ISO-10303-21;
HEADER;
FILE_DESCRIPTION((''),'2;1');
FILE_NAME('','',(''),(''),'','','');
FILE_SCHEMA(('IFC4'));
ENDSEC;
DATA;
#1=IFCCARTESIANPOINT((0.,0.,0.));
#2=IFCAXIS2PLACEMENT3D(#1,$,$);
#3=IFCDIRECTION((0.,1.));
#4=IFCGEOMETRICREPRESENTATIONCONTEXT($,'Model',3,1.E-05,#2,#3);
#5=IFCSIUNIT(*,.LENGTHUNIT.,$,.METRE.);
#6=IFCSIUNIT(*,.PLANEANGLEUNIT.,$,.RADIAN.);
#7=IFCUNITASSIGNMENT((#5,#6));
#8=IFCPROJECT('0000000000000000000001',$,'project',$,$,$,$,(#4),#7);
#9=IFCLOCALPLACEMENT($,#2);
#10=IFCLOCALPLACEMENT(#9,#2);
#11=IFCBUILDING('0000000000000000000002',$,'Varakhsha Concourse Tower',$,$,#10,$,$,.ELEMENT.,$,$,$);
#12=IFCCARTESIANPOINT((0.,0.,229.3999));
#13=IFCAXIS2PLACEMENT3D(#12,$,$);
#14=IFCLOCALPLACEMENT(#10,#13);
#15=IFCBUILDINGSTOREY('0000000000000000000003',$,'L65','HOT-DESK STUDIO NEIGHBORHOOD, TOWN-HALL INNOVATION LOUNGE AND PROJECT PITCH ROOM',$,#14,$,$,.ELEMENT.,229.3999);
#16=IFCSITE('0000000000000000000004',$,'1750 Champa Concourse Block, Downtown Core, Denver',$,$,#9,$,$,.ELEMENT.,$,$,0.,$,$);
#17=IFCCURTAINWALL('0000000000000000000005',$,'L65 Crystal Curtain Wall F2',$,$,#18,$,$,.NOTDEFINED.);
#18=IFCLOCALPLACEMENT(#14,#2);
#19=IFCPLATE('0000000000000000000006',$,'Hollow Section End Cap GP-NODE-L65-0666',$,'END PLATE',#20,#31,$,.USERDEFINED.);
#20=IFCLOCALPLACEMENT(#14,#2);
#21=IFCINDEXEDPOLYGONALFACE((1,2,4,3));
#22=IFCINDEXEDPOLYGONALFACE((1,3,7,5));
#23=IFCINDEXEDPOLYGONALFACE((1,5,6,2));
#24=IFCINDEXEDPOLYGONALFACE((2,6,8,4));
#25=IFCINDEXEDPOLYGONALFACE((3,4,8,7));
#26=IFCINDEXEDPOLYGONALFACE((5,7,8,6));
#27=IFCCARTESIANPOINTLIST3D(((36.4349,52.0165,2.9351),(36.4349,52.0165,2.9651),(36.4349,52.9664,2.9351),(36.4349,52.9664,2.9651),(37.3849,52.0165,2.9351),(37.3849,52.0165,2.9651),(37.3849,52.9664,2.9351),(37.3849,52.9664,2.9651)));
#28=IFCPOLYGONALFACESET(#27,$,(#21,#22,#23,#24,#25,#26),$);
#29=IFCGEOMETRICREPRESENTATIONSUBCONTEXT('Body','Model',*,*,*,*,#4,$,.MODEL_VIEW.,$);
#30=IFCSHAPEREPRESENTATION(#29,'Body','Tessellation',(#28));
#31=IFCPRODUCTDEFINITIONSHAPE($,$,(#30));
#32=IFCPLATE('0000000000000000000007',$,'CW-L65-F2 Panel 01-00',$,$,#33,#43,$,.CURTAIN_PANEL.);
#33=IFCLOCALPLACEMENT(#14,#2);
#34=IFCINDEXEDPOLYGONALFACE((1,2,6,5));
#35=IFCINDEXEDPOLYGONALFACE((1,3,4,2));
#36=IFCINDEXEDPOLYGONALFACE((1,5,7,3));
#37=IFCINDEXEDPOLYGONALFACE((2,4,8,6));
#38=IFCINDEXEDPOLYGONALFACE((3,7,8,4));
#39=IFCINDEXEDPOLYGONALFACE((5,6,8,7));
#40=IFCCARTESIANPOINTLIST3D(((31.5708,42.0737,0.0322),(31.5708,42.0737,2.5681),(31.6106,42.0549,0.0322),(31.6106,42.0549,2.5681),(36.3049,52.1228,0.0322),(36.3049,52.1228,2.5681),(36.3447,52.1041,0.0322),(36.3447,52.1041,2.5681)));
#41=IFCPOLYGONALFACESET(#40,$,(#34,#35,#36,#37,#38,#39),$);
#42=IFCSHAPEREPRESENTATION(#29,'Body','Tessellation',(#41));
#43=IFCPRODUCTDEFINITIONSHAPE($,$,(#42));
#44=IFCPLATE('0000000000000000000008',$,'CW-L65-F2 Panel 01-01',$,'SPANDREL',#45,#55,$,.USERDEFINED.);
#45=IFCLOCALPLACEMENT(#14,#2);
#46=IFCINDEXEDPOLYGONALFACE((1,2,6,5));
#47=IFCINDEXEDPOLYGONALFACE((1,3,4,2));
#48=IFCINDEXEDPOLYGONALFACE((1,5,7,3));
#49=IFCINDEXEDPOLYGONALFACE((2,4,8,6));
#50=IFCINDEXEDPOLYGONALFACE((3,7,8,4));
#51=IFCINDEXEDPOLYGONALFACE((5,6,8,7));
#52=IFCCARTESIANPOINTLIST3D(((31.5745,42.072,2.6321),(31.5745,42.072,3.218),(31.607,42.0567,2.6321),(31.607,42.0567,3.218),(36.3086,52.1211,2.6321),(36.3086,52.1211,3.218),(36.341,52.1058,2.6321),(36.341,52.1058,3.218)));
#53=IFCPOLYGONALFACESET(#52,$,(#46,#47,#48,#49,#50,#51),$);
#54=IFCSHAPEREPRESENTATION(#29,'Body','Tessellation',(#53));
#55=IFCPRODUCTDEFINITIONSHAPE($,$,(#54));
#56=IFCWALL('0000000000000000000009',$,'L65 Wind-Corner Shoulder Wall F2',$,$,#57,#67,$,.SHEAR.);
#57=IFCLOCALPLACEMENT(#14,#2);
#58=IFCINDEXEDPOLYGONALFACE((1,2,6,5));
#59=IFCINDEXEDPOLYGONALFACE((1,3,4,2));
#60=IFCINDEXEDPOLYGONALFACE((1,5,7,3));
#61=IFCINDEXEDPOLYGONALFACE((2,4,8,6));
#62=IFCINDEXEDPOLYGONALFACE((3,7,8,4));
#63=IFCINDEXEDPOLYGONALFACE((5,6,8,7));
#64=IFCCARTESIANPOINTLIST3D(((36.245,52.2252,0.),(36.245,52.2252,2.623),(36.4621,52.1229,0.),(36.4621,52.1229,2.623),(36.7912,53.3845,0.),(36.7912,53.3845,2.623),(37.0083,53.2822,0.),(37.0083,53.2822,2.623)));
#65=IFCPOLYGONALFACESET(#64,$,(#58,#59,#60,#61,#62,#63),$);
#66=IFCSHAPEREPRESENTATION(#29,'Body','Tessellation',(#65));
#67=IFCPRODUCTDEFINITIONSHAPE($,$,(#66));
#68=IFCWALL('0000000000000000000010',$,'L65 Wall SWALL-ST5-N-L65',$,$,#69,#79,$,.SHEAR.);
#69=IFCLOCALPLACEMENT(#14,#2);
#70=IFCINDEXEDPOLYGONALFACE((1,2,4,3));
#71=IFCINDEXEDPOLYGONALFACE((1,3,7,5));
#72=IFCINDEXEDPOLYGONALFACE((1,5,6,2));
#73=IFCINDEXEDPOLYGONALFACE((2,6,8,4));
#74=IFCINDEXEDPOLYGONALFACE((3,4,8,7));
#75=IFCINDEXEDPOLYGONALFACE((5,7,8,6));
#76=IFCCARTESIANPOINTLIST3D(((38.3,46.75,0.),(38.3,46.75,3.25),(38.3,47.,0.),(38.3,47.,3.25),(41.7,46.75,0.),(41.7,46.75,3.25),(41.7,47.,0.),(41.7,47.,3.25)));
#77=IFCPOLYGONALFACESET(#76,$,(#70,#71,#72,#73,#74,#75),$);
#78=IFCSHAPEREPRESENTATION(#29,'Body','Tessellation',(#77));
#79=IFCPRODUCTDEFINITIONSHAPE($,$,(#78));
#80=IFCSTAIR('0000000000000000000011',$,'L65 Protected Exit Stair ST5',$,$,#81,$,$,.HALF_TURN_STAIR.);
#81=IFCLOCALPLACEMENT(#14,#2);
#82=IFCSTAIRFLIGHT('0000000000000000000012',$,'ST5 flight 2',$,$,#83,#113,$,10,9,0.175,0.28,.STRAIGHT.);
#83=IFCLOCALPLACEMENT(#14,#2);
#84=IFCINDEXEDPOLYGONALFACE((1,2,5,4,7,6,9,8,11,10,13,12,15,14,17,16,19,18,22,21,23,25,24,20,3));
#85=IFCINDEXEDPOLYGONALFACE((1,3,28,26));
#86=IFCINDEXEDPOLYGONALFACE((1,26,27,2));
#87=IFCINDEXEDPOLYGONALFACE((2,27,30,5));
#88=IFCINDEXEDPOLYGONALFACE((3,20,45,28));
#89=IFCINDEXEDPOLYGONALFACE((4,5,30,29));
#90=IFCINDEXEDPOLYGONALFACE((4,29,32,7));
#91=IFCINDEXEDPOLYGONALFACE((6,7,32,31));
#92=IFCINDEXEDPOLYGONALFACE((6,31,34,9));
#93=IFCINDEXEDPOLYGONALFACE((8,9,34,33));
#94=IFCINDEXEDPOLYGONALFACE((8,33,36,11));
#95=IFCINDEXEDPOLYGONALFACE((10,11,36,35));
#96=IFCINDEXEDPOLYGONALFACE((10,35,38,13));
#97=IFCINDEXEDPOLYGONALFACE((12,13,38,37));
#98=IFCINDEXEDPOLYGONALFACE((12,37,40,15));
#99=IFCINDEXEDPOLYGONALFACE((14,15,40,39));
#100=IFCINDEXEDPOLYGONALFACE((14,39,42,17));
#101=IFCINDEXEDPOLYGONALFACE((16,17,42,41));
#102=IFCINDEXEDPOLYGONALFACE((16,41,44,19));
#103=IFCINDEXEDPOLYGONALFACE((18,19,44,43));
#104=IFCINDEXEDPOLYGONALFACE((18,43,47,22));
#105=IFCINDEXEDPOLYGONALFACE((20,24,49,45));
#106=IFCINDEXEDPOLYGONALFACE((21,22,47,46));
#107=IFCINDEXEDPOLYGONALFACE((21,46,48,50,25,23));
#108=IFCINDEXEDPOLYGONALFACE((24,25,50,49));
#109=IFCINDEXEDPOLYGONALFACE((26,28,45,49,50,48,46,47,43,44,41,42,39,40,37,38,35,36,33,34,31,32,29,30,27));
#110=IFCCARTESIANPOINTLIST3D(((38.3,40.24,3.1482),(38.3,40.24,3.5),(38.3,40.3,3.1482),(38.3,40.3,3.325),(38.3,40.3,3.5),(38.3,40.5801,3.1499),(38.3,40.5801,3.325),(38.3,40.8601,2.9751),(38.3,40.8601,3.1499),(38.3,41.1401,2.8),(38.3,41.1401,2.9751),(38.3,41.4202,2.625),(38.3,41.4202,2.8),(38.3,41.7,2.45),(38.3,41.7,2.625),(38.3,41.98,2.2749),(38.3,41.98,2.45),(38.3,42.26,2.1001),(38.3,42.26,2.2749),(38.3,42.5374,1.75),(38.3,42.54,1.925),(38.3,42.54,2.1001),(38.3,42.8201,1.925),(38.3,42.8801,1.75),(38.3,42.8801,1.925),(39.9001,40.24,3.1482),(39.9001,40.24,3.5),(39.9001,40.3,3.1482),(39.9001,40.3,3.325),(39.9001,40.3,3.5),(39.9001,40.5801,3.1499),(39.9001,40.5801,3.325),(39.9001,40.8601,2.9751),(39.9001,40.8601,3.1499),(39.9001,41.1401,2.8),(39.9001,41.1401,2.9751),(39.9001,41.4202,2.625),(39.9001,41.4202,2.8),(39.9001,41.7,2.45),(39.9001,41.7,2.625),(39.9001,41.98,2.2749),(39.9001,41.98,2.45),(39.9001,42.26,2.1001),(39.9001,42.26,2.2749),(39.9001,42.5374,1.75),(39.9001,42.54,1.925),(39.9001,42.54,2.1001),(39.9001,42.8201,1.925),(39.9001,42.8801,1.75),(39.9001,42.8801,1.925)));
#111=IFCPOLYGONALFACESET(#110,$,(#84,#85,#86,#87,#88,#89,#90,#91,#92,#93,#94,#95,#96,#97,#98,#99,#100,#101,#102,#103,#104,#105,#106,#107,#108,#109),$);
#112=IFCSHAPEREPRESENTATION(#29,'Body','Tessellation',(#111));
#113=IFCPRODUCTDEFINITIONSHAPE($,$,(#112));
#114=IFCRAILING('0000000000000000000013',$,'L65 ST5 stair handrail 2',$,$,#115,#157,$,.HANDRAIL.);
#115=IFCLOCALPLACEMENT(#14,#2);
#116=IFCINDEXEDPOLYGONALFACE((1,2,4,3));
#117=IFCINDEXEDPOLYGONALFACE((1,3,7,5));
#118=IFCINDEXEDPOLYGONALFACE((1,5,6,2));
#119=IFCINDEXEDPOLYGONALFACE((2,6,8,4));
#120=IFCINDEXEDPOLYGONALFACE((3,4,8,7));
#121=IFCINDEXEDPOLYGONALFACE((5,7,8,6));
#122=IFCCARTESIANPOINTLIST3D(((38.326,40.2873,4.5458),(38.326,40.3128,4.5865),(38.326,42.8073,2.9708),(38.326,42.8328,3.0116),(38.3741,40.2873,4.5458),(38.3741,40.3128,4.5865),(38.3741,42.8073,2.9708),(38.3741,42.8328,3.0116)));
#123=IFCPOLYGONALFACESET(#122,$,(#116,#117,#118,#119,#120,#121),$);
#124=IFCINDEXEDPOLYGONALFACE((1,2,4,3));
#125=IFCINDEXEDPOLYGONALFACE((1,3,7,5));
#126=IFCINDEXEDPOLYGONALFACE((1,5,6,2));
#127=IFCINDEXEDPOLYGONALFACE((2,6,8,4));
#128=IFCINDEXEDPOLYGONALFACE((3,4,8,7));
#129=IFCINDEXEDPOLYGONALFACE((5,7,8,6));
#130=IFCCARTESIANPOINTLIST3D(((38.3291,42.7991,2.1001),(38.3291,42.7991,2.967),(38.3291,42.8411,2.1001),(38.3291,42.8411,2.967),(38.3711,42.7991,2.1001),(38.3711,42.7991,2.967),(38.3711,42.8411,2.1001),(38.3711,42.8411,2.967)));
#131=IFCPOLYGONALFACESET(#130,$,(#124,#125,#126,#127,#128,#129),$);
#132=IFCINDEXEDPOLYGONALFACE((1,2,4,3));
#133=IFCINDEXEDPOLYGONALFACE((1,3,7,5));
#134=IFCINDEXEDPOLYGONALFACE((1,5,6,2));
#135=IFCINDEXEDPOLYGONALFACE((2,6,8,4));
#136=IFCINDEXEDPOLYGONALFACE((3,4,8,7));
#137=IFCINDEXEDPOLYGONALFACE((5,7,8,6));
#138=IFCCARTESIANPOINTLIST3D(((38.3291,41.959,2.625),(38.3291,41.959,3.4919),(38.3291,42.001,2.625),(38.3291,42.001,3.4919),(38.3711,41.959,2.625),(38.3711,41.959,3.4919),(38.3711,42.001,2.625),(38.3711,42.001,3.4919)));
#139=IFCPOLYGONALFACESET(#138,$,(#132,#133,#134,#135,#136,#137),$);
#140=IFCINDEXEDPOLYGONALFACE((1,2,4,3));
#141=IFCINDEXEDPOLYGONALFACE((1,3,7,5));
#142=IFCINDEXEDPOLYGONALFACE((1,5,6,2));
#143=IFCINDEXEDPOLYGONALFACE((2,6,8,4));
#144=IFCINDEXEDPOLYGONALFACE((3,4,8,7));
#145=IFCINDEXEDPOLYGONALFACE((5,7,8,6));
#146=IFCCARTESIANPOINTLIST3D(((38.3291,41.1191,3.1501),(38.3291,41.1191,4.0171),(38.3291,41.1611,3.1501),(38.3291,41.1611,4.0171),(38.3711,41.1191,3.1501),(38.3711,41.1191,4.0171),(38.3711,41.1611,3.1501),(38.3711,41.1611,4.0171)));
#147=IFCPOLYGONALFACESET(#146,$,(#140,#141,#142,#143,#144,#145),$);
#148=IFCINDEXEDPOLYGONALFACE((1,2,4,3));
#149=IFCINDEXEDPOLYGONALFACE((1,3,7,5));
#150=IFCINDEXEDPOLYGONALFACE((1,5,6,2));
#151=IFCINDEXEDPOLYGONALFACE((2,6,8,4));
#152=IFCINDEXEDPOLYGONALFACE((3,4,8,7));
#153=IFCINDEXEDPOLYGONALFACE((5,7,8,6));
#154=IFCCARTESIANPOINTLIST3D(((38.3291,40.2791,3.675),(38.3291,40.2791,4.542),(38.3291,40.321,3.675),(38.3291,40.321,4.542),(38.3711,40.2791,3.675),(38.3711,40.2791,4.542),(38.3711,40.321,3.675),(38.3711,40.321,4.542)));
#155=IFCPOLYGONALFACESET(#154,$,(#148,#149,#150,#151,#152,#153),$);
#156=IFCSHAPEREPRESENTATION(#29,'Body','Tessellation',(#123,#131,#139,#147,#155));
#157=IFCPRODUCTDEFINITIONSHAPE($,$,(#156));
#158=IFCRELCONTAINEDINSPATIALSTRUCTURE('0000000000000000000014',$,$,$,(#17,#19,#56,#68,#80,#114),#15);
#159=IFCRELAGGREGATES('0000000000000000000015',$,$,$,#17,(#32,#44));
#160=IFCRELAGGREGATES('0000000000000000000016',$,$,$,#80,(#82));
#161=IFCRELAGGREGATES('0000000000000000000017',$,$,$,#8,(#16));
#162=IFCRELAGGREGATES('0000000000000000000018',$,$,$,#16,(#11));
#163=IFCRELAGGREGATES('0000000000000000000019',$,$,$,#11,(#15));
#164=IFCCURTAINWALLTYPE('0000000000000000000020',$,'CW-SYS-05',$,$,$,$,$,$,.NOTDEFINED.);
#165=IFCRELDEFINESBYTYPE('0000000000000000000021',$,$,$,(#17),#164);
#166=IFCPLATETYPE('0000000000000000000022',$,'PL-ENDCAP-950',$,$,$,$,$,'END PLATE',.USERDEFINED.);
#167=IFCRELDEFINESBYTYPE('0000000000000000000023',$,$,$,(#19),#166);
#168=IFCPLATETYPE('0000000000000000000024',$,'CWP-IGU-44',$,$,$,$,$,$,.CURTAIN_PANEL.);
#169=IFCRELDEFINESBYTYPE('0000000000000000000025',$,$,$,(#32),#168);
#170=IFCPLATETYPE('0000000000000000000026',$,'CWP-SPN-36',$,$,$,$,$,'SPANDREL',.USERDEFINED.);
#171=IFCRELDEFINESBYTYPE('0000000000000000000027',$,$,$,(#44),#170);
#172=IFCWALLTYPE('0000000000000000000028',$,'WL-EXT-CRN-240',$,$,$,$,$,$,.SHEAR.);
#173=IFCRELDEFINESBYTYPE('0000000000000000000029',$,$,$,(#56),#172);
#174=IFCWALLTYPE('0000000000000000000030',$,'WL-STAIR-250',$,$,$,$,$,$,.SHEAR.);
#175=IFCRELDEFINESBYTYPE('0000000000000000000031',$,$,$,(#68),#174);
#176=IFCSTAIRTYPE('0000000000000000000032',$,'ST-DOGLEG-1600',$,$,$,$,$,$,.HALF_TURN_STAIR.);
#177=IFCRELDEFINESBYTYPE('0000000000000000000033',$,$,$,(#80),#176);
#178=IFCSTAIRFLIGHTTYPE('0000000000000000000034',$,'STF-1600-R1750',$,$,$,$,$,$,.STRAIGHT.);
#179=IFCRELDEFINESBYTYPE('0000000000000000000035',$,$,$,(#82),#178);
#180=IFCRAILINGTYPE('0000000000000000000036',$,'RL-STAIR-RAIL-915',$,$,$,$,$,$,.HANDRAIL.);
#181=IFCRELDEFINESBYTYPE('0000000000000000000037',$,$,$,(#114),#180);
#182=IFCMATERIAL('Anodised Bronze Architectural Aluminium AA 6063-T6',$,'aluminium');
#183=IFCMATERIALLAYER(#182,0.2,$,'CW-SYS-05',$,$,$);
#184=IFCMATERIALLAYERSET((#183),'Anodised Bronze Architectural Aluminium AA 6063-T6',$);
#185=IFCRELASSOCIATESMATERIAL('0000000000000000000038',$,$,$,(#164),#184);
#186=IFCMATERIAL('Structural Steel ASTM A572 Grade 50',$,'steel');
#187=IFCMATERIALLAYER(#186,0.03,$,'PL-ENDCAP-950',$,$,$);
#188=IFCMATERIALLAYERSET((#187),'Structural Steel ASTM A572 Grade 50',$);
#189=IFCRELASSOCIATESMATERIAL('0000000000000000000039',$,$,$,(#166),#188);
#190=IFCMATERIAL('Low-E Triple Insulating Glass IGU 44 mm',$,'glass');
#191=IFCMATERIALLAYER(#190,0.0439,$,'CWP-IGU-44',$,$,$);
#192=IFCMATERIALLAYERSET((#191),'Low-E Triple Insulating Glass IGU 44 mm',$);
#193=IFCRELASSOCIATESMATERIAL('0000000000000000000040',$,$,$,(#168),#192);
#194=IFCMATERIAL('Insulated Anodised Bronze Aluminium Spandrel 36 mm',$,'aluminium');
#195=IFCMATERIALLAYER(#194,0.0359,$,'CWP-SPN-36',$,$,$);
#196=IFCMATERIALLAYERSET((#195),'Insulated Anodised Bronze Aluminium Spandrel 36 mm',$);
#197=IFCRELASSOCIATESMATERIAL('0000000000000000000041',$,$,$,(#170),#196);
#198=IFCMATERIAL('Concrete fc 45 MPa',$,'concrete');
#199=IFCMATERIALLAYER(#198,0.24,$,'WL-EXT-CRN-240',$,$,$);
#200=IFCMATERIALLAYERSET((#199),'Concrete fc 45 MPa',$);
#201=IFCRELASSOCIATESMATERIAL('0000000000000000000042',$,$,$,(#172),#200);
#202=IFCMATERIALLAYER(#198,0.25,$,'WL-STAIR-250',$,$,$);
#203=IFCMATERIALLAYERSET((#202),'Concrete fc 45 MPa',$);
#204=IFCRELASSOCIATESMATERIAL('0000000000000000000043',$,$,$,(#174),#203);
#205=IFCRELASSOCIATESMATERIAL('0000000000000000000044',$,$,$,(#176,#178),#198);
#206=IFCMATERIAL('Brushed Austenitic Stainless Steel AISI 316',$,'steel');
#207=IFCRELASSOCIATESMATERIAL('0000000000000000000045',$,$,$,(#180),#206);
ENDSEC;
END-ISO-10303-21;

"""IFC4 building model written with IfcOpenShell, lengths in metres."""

from ifc_helpers import new_model, si_unit, direction, frame, frame_2d, origin, origin_2d, place, context, subcontext, project, spatial, polyline, rectangle, outline, extrude, source, transform, mapped, material, layer, layer_set, type_object, type_shapes, element, aggregate, save


model = new_model("IFC4")

# Units and contexts
model_context = context("Model", 3, precision=1e-05, world=origin(), true_north=direction((0.0, 1.0)))
body_context = subcontext(model_context, "Body", "Model", "MODEL_VIEW")
ifc_project = project(units=[si_unit("LENGTHUNIT", "METRE"), si_unit("PLANEANGLEUNIT", "RADIAN")], contexts=[model_context])

# Site, building, storey
site_placement = place(None, origin())
site = spatial("IfcSite", under=ifc_project, at=site_placement, Name="1750 Champa Concourse Block, Downtown Core, Denver", CompositionType="ELEMENT", RefElevation=0.0)
building_placement = place(site_placement, origin())
building = spatial("IfcBuilding", under=site, at=building_placement, Name="Varakhsha Concourse Tower", CompositionType="ELEMENT")
storey_placement = place(building_placement, frame((0.0, 0.0, 229.3999)))
storey = spatial("IfcBuildingStorey", under=building, at=storey_placement, Name="L65", Description="HOT-DESK STUDIO NEIGHBORHOOD, TOWN-HALL INNOVATION LOUNGE AND PROJECT PITCH ROOM", CompositionType="ELEMENT", Elevation=229.3999)

# Shared definitions
ifc_material_1 = material(Name="Structural Steel ASTM A572 Grade 50", Category="steel")

# Shared definitions
ifc_material_2 = material(Name="Anodised Bronze Architectural Aluminium AA 6063-T6", Category="aluminium")
ifc_layer_1 = layer(ifc_material_2, 0.2, Name="CW-SYS-05")
ifc_layer_set_1 = layer_set([ifc_layer_1], Name="Anodised Bronze Architectural Aluminium AA 6063-T6")
curtain_wall_type = type_object("IfcCurtainWallType", Name="CW-SYS-05", PredefinedType="NOTDEFINED", material=ifc_layer_set_1)

# Curtain wall
curtain_wall_1_placement = place(storey_placement, origin())
curtain_wall_1 = element("IfcCurtainWall", 1, at=curtain_wall_1_placement, inside=storey, type_object=curtain_wall_type, Name="L65 Crystal Curtain Wall F2", PredefinedType="NOTDEFINED")

# Plates
ifc_layer_2 = layer(ifc_material_1, 0.03, Name="PL-ENDCAP-950")
ifc_layer_set_2 = layer_set([ifc_layer_2], Name="Structural Steel ASTM A572 Grade 50")
plate_type_1 = type_object("IfcPlateType", Name="PL-ENDCAP-950", ElementType="END PLATE", PredefinedType="USERDEFINED", material=ifc_layer_set_2)
shared_shape_1 = source(origin(), body_context, "Body", "SweptSolid", [
    extrude(rectangle(XDim=0.95, YDim=0.95, at=origin_2d()), origin(), (0.0, 0.0, 1.0), 0.03),
])
type_shapes(plate_type_1, [shared_shape_1])
plate_1_placement = place(storey_placement, frame((36.9099, 52.4915, 2.9351), z_axis=(0.0, 0.0, 1.0), x_axis=(1.0, 0.0, 0.0)))
element("IfcPlate", 2, at=plate_1_placement, inside=storey, type_object=plate_type_1, Name="Hollow Section End Cap GP-NODE-L65-0666", ObjectType="END PLATE", PredefinedType="USERDEFINED", context=body_context, shape_type="MappedRepresentation", body=[
    mapped(shared_shape_1, transform((0.0, 0.0, 0.0), scale=1.0)),
])
ifc_material_3 = material(Name="Low-E Triple Insulating Glass IGU 44 mm", Category="glass")
ifc_layer_3 = layer(ifc_material_3, 0.0439, Name="CWP-IGU-44")
ifc_layer_set_3 = layer_set([ifc_layer_3], Name="Low-E Triple Insulating Glass IGU 44 mm")
plate_type_2 = type_object("IfcPlateType", Name="CWP-IGU-44", PredefinedType="CURTAIN_PANEL", material=ifc_layer_set_3)
shared_shape_2 = source(origin(), body_context, "Body", "SweptSolid", [
    extrude(rectangle(XDim=11.1084, YDim=0.0439, at=origin_2d()), origin(), (0.0, 0.0, 1.0), 2.5359),
])
type_shapes(plate_type_2, [shared_shape_2])
plate_2_placement = place(storey_placement, frame((33.9578, 47.0889, 0.0322), z_axis=(0.0, 0.0, 1.0), x_axis=(0.426172, 0.904642, 0.0)))
plate_2 = element("IfcPlate", 3, at=plate_2_placement, type_object=plate_type_2, Name="CW-L65-F2 Panel 01-00", PredefinedType="CURTAIN_PANEL", context=body_context, shape_type="MappedRepresentation", body=[
    mapped(shared_shape_2, transform((0.0, 0.0, 0.0), scale=1.0)),
])
ifc_material_4 = material(Name="Insulated Anodised Bronze Aluminium Spandrel 36 mm", Category="aluminium")
ifc_layer_4 = layer(ifc_material_4, 0.0359, Name="CWP-SPN-36")
ifc_layer_set_4 = layer_set([ifc_layer_4], Name="Insulated Anodised Bronze Aluminium Spandrel 36 mm")
plate_type_3 = type_object("IfcPlateType", Name="CWP-SPN-36", ElementType="SPANDREL", PredefinedType="USERDEFINED", material=ifc_layer_set_4)
shared_shape_3 = source(origin(), body_context, "Body", "SweptSolid", [
    extrude(rectangle(XDim=11.1084, YDim=0.0359, at=origin_2d()), origin(), (0.0, 0.0, 1.0), 0.5859),
])
type_shapes(plate_type_3, [shared_shape_3])
plate_3_placement = place(storey_placement, frame((33.9578, 47.0889, 2.6321), z_axis=(0.0, 0.0, 1.0), x_axis=(0.426172, 0.904642, 0.0)))
plate_3 = element("IfcPlate", 4, at=plate_3_placement, type_object=plate_type_3, Name="CW-L65-F2 Panel 01-01", ObjectType="SPANDREL", PredefinedType="USERDEFINED", context=body_context, shape_type="MappedRepresentation", body=[
    mapped(shared_shape_3, transform((0.0, 0.0, 0.0), scale=1.0)),
])
aggregate(curtain_wall_1, [plate_2, plate_3])

# Walls
ifc_material_5 = material(Name="Concrete fc 45 MPa", Category="concrete")
ifc_layer_5 = layer(ifc_material_5, 0.24, Name="WL-EXT-CRN-240")
ifc_layer_set_5 = layer_set([ifc_layer_5], Name="Concrete fc 45 MPa")
wall_type_1 = type_object("IfcWallType", Name="WL-EXT-CRN-240", PredefinedType="SHEAR", material=ifc_layer_set_5)
wall_1_placement = place(storey_placement, frame((36.8997, 53.3333, 0.0), z_axis=(0.0, 0.0, 1.0), x_axis=(-0.42621, -0.904624, 0.0)))
element("IfcWall", 5, at=wall_1_placement, inside=storey, type_object=wall_type_1, Name="L65 Wind-Corner Shoulder Wall F2", PredefinedType="SHEAR", context=body_context, shape_type="SweptSolid", body=[
    extrude(rectangle(XDim=1.2815, YDim=0.24, at=frame_2d((0.6406, 0.0))), origin(), (0.0, 0.0, 1.0), 2.623),
])
ifc_layer_6 = layer(ifc_material_5, 0.25, Name="WL-STAIR-250")
ifc_layer_set_6 = layer_set([ifc_layer_6], Name="Concrete fc 45 MPa")
wall_type_2 = type_object("IfcWallType", Name="WL-STAIR-250", PredefinedType="SHEAR", material=ifc_layer_set_6)
wall_2_placement = place(storey_placement, frame((38.3, 46.875, 0.0), z_axis=(0.0, 0.0, 1.0), x_axis=(1.0, 0.0, 0.0)))
element("IfcWall", 6, at=wall_2_placement, inside=storey, type_object=wall_type_2, Name="L65 Wall SWALL-ST5-N-L65", PredefinedType="SHEAR", context=body_context, shape_type="SweptSolid", body=[
    extrude(rectangle(XDim=3.3999, YDim=0.25, at=frame_2d((1.7, 0.0))), origin(), (0.0, 0.0, 1.0), 3.25),
])

# Stair, stair flight
stair_type = type_object("IfcStairType", Name="ST-DOGLEG-1600", PredefinedType="HALF_TURN_STAIR", material=ifc_material_5)
stair_placement = place(storey_placement, origin())
stair = element("IfcStair", 7, at=stair_placement, inside=storey, type_object=stair_type, Name="L65 Protected Exit Stair ST5", PredefinedType="HALF_TURN_STAIR")
stair_flight_type = type_object("IfcStairFlightType", Name="STF-1600-R1750", PredefinedType="STRAIGHT", material=ifc_material_5)
stair_flight_placement = place(storey_placement, frame((39.1001, 42.8201, 1.75), z_axis=(0.0, 0.0, 1.0), x_axis=(0.0, -1.0, 0.0)))
stair_flight = element("IfcStairFlight", 8, at=stair_flight_placement, type_object=stair_flight_type, Name="ST5 flight 2", NumberOfRisers=10, NumberOfTreads=9, PredefinedType="STRAIGHT", RiserHeight=0.175, TreadLength=0.28, context=body_context, shape_type="SweptSolid", body=[
    extrude(outline(polyline([(-0.0601, 0.0), (-0.0601, 0.175), (0.0, 0.175), (0.28, 0.175), (0.28, 0.3501), (0.5601, 0.3501), (0.5601, 0.5249), (0.8401, 0.5249), (0.8401, 0.7), (1.1201, 0.7), (1.1201, 0.875), (1.3999, 0.875), (1.3999, 1.05), (1.6799, 1.05), (1.6799, 1.2251), (1.96, 1.2251), (1.96, 1.3999), (2.24, 1.3999), (2.24, 1.575), (2.52, 1.575), (2.52, 1.75), (2.5801, 1.75), (2.5801, 1.3982), (2.52, 1.3982), (0.2827, 0.0), (-0.0601, 0.0)])), frame((0.0, 0.8, 0.0), z_axis=(0.0, -1.0, 0.0), x_axis=(1.0, 0.0, 0.0)), (0.0, 0.0, 1.0), 1.6001),
])
aggregate(stair, [stair_flight])

# Railing
ifc_material_6 = material(Name="Brushed Austenitic Stainless Steel AISI 316", Category="steel")
railing_type = type_object("IfcRailingType", Name="RL-STAIR-RAIL-915", PredefinedType="HANDRAIL", material=ifc_material_6)
railing_placement = place(storey_placement, frame((38.3501, 42.8201, 2.1001)))
element("IfcRailing", 9, at=railing_placement, inside=storey, type_object=railing_type, Name="L65 ST5 stair handrail 2", PredefinedType="HANDRAIL", context=body_context, shape_type="SweptSolid", body=[
    extrude(rectangle(XDim=0.0481, YDim=0.0481, at=origin_2d()), frame((0.0, 0.0, 0.8911), z_axis=(0.0, -0.848008, 0.529984), x_axis=(1.0, 0.0, 0.0)), (0.0, 0.0, 1.0), 2.9717),
    extrude(rectangle(XDim=0.042, YDim=0.042, at=origin_2d()), origin(), (0.0, 0.0, 1.0), 0.8669),
    extrude(rectangle(XDim=0.042, YDim=0.042, at=origin_2d()), frame((0.0, -0.8401, 0.5249)), (0.0, 0.0, 1.0), 0.8669),
    extrude(rectangle(XDim=0.042, YDim=0.042, at=origin_2d()), frame((0.0, -1.6799, 1.05)), (0.0, 0.0, 1.0), 0.8669),
    extrude(rectangle(XDim=0.042, YDim=0.042, at=origin_2d()), frame((0.0, -2.52, 1.575)), (0.0, 0.0, 1.0), 0.8669),
])

save(model, "model.ifc")
